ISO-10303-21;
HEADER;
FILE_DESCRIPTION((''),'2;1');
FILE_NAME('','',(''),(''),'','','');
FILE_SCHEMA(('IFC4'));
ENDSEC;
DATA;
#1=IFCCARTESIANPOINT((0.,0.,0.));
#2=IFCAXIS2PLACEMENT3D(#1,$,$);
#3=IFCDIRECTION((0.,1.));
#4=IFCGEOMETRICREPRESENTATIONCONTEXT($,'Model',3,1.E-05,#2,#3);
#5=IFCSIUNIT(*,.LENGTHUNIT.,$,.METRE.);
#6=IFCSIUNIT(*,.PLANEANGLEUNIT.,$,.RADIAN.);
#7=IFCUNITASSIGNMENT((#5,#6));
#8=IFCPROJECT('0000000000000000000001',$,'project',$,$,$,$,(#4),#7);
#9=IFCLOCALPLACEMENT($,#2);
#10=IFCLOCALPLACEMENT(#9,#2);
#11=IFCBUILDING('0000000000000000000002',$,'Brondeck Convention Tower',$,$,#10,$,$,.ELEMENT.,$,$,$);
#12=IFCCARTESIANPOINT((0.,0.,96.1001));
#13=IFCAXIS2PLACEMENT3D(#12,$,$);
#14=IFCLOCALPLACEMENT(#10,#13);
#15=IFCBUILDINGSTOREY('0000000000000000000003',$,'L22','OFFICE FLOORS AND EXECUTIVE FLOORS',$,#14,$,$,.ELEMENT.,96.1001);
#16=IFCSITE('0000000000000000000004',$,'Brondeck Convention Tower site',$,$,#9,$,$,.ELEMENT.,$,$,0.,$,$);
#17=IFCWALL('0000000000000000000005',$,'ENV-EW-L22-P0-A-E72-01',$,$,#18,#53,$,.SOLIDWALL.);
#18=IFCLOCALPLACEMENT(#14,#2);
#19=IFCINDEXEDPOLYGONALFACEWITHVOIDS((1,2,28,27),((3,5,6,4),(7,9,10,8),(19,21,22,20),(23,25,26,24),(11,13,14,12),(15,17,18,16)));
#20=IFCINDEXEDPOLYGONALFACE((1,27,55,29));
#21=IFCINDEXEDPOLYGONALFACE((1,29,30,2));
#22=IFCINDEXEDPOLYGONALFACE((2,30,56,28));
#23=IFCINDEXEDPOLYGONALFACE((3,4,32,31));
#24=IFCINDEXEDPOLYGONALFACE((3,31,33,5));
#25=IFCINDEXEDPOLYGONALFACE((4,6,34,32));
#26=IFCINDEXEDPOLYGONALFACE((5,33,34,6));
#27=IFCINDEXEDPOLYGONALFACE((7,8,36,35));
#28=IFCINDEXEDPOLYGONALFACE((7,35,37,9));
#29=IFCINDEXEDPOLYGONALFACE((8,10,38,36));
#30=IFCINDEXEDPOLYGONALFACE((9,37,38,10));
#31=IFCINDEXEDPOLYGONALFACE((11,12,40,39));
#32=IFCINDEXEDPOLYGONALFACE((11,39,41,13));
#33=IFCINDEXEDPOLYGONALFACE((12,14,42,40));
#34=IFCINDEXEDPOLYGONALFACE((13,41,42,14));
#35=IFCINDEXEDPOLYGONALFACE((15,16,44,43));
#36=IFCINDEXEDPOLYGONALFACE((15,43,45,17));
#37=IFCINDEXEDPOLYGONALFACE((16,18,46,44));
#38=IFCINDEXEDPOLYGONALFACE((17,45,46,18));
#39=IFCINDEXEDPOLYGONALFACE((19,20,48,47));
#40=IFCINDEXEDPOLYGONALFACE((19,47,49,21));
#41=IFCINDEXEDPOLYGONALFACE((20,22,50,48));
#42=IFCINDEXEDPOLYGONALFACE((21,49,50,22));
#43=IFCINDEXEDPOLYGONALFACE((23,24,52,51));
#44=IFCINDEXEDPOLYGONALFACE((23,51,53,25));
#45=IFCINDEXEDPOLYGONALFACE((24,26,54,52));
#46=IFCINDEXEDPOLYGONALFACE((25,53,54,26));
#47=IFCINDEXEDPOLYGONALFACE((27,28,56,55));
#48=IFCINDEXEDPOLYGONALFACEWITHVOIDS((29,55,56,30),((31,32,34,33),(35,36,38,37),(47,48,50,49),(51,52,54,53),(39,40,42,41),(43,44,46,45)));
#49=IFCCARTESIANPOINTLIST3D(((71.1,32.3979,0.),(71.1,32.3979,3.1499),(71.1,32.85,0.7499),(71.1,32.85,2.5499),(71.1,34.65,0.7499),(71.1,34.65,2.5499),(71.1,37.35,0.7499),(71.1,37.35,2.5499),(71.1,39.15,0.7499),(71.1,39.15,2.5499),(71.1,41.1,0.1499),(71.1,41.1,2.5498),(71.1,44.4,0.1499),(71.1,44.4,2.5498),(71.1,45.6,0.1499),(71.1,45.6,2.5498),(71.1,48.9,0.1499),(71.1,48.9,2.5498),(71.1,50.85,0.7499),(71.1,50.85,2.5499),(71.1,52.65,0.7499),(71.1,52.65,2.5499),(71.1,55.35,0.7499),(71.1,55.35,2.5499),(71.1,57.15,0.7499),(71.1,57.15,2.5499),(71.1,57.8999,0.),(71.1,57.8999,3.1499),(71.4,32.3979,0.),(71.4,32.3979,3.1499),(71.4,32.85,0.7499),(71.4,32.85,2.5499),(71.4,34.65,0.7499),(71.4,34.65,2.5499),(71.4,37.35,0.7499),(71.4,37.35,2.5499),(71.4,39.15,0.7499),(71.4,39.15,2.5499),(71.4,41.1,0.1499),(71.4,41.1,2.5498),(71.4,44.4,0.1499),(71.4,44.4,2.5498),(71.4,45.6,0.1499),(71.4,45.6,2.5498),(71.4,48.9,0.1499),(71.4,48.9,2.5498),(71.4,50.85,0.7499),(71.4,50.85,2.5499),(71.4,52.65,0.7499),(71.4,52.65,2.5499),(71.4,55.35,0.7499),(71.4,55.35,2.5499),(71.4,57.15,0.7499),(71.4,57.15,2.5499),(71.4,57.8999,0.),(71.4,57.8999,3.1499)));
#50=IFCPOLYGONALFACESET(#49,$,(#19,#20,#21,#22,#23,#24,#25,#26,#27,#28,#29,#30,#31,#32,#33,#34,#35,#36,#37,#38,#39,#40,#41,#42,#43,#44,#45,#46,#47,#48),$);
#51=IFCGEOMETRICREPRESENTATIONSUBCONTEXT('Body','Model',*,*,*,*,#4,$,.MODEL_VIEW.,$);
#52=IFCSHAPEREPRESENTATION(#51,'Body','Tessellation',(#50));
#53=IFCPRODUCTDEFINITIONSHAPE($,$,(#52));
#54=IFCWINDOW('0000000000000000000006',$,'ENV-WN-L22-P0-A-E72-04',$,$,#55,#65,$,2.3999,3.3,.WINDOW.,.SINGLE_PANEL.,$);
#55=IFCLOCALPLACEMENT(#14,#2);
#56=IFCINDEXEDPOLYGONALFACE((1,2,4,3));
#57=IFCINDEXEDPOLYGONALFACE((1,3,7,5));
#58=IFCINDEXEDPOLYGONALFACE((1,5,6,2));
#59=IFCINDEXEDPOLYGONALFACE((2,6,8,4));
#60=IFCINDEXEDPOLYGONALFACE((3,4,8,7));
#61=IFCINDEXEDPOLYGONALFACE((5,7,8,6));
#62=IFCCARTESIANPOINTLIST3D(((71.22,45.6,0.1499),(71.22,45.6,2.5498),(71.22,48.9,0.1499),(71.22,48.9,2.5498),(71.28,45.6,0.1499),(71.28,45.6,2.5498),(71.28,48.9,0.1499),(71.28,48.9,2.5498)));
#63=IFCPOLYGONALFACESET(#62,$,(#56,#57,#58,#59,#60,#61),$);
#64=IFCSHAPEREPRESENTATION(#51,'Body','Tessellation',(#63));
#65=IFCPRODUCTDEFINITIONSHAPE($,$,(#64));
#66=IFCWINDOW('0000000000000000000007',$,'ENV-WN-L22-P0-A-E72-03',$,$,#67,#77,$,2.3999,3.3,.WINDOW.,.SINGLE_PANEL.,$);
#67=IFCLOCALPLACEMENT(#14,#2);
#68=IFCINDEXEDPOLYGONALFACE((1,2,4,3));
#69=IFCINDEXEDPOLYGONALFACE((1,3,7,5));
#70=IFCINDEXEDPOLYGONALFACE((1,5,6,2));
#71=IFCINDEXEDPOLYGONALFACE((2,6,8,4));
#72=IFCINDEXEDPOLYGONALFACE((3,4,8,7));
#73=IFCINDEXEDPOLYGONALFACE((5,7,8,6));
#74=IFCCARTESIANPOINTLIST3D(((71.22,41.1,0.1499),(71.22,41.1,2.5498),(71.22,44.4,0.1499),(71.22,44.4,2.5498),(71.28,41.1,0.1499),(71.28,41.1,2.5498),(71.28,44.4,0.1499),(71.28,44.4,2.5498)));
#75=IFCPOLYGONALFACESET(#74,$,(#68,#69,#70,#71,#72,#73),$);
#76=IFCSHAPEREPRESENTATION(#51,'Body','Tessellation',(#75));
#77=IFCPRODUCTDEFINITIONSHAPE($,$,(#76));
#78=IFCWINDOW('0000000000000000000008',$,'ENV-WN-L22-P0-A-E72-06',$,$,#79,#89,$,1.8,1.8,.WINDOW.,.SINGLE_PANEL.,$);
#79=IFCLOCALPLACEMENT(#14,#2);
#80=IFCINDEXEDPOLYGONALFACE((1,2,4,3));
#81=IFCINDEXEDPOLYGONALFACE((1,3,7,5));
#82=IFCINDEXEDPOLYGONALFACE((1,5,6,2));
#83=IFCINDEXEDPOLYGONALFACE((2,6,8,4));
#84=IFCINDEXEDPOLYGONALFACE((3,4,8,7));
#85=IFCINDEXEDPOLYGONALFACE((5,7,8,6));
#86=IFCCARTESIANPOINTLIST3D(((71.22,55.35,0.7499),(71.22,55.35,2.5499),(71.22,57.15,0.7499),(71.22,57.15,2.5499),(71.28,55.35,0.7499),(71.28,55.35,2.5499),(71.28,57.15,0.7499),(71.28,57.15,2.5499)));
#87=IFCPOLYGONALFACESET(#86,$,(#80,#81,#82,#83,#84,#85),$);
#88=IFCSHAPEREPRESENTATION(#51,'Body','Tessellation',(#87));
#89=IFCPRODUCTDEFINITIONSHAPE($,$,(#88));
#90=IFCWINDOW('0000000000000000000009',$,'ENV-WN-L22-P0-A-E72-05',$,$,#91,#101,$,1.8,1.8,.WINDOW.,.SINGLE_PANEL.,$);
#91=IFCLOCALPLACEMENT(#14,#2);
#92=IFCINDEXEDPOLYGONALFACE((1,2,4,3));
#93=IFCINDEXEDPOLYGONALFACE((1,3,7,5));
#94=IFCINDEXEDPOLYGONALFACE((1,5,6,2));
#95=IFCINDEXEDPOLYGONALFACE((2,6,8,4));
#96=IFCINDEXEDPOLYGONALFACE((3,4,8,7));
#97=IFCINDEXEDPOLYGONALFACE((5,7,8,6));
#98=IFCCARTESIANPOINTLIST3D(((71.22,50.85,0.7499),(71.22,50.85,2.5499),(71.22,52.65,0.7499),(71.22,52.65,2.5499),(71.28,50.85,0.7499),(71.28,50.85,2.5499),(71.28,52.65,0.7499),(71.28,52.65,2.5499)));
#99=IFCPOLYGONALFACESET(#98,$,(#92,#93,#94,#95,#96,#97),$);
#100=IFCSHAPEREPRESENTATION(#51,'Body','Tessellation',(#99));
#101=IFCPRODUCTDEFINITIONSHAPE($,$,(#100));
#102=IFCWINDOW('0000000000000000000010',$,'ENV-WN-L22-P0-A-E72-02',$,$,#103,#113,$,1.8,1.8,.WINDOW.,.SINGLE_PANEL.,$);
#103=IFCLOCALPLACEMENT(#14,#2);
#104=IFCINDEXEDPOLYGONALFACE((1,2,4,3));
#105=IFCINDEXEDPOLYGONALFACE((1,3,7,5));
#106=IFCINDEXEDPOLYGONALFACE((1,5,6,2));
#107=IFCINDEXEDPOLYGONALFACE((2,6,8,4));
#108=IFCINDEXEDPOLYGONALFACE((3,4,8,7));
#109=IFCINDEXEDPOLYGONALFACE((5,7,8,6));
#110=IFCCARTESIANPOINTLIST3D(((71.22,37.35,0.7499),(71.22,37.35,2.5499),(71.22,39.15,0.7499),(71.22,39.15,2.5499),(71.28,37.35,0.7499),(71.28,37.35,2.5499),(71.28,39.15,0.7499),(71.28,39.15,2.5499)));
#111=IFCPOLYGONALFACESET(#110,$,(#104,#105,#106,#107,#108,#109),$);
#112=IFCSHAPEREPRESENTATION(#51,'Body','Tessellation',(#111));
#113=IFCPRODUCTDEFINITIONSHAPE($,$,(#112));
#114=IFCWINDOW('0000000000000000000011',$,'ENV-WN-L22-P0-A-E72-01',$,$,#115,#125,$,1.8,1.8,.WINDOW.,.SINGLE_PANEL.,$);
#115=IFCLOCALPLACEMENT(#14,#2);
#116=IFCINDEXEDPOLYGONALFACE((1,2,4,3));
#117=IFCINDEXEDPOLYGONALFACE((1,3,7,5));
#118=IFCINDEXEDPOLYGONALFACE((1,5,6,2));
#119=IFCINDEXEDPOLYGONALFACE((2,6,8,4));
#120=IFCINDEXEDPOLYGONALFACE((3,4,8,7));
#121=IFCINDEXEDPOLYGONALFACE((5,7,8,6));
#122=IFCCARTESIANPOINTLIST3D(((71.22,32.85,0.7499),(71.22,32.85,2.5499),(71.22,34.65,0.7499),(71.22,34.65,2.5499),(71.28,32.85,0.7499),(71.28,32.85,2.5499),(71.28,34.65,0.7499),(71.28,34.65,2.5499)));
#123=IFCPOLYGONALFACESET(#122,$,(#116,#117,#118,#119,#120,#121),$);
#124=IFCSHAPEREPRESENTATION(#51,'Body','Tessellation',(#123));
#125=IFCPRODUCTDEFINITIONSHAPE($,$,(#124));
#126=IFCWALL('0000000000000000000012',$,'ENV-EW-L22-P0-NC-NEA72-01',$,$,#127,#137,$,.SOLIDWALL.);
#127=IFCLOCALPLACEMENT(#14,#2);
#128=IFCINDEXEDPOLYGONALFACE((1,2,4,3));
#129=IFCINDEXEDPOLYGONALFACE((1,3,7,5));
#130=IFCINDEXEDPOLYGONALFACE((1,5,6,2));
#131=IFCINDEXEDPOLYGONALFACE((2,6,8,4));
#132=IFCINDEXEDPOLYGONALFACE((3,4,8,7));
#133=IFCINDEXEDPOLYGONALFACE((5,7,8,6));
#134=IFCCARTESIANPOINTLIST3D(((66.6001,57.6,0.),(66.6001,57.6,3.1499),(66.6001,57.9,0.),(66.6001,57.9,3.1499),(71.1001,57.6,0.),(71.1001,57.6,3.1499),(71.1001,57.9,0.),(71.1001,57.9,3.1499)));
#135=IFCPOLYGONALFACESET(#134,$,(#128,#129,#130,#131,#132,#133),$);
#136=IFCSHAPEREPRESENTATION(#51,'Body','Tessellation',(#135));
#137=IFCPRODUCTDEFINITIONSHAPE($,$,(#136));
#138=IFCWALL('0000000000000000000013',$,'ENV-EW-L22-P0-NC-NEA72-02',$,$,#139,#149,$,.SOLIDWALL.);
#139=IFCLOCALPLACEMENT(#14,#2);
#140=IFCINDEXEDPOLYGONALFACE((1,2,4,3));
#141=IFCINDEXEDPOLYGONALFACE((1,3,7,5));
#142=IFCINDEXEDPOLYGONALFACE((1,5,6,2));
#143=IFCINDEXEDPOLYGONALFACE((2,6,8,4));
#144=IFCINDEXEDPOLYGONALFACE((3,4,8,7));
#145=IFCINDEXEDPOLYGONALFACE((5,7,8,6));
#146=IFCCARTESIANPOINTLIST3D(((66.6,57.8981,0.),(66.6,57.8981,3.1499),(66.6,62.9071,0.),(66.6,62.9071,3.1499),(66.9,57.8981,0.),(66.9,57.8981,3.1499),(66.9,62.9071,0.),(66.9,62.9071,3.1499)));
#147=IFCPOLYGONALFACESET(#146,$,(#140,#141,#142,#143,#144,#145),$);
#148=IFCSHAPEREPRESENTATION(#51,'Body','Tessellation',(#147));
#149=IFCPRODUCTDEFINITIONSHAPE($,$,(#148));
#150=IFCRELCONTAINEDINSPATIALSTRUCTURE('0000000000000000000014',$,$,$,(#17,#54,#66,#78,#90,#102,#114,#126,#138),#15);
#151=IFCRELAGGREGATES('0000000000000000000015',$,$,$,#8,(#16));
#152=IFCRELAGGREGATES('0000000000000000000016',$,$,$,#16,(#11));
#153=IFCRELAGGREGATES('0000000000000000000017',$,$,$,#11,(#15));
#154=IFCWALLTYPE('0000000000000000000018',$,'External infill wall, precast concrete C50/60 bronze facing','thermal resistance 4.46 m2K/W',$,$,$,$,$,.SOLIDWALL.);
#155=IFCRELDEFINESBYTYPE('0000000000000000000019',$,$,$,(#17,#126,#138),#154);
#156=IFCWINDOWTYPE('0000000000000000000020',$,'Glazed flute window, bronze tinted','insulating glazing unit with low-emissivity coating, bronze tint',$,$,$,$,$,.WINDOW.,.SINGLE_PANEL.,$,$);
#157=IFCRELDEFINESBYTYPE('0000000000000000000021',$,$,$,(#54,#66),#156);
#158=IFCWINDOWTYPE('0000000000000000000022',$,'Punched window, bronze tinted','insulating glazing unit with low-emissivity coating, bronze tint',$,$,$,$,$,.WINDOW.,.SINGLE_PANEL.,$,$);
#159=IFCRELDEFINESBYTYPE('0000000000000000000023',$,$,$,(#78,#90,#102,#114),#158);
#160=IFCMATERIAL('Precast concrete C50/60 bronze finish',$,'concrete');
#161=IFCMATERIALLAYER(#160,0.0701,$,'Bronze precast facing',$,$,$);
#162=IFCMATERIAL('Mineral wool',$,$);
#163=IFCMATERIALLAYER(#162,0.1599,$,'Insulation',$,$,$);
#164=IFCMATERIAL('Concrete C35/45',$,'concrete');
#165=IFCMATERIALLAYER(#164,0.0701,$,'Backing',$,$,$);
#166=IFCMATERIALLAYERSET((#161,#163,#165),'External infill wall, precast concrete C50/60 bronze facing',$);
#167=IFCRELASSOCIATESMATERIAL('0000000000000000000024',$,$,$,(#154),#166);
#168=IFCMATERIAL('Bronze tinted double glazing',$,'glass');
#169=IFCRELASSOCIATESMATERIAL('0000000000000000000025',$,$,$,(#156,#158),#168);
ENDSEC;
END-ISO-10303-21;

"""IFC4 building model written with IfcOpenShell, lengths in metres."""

from ifc_helpers import new_model, si_unit, direction, frame, frame_2d, origin, place, context, subcontext, project, spatial, rectangle, extrude, material, layer, layer_set, type_object, element, fill, save


model = new_model("IFC4")

# Units and contexts
model_context = context("Model", 3, precision=1e-05, world=origin(), true_north=direction((0.0, 1.0)))
body_context = subcontext(model_context, "Body", "Model", "MODEL_VIEW")
ifc_project = project(units=[si_unit("LENGTHUNIT", "METRE"), si_unit("PLANEANGLEUNIT", "RADIAN")], contexts=[model_context])

# Site, building, storey
site_placement = place(None, origin())
site = spatial("IfcSite", under=ifc_project, at=site_placement, Name="Brondeck Convention Tower site", CompositionType="ELEMENT", RefElevation=0.0)
building_placement = place(site_placement, origin())
building = spatial("IfcBuilding", under=site, at=building_placement, Name="Brondeck Convention Tower", CompositionType="ELEMENT")
storey_placement = place(building_placement, frame((0.0, 0.0, 96.1001)))
storey = spatial("IfcBuildingStorey", under=building, at=storey_placement, Name="L22", Description="OFFICE FLOORS AND EXECUTIVE FLOORS", CompositionType="ELEMENT", Elevation=96.1001)

# Wall, openings, windows
ifc_material_1 = material(Name="Precast concrete C50/60 bronze finish", Category="concrete")
ifc_layer_1 = layer(ifc_material_1, 0.0701, Name="Bronze precast facing")
ifc_material_2 = material(Name="Mineral wool")
ifc_layer_2 = layer(ifc_material_2, 0.1599, Name="Insulation")
ifc_material_3 = material(Name="Concrete C35/45", Category="concrete")
ifc_layer_3 = layer(ifc_material_3, 0.0701, Name="Backing")
ifc_layer_set_1 = layer_set([ifc_layer_1, ifc_layer_2, ifc_layer_3], Name="External infill wall, precast concrete C50/60 bronze facing")
wall_type_1 = type_object("IfcWallType", Name="External infill wall, precast concrete C50/60 bronze facing", Description="thermal resistance 4.46 m2K/W", PredefinedType="SOLIDWALL", material=ifc_layer_set_1)
wall_1_placement = place(storey_placement, frame((71.25, 57.8999, 0.0), z_axis=(0.0, 0.0, 1.0), x_axis=(0.0, -1.0, 0.0)))
wall_1 = element("IfcWall", 1, at=wall_1_placement, inside=storey, type_object=wall_type_1, Name="ENV-EW-L22-P0-A-E72-01", PredefinedType="SOLIDWALL", context=body_context, shape_type="SweptSolid", body=[
    extrude(rectangle(XDim=25.502, YDim=0.3, at=frame_2d((12.751, 0.0))), origin(), (0.0, 0.0, 1.0), 3.1499),
])
opening_1_placement = place(wall_1_placement, frame((0.75, 0.0, 0.75)))
opening_1 = element("IfcOpeningElement", 2, at=opening_1_placement, cuts=wall_1, PredefinedType="OPENING", context=body_context, shape_type="SweptSolid", body=[
    extrude(rectangle(XDim=1.8, YDim=1.8, at=frame_2d((0.8999, 0.8999))), frame((0.0, 0.1599, 0.0), z_axis=(0.0, -1.0, 0.0), x_axis=(1.0, 0.0, 0.0)), (0.0, 0.0, 1.0), 0.3201),
])
opening_2_placement = place(wall_1_placement, frame((5.25, 0.0, 0.75)))
opening_2 = element("IfcOpeningElement", 3, at=opening_2_placement, cuts=wall_1, PredefinedType="OPENING", context=body_context, shape_type="SweptSolid", body=[
    extrude(rectangle(XDim=1.8, YDim=1.8, at=frame_2d((0.8999, 0.8999))), frame((0.0, 0.1599, 0.0), z_axis=(0.0, -1.0, 0.0), x_axis=(1.0, 0.0, 0.0)), (0.0, 0.0, 1.0), 0.3201),
])
opening_3_placement = place(wall_1_placement, frame((9.0, 0.0, 0.1499)))
opening_3 = element("IfcOpeningElement", 4, at=opening_3_placement, cuts=wall_1, PredefinedType="OPENING", context=body_context, shape_type="SweptSolid", body=[
    extrude(rectangle(XDim=3.3, YDim=2.3999, at=frame_2d((1.6499, 1.2))), frame((0.0, 0.1599, 0.0), z_axis=(0.0, -1.0, 0.0), x_axis=(1.0, 0.0, 0.0)), (0.0, 0.0, 1.0), 0.3201),
])
opening_4_placement = place(wall_1_placement, frame((13.5, 0.0, 0.1499)))
opening_4 = element("IfcOpeningElement", 5, at=opening_4_placement, cuts=wall_1, PredefinedType="OPENING", context=body_context, shape_type="SweptSolid", body=[
    extrude(rectangle(XDim=3.3, YDim=2.3999, at=frame_2d((1.6499, 1.2))), frame((0.0, 0.1599, 0.0), z_axis=(0.0, -1.0, 0.0), x_axis=(1.0, 0.0, 0.0)), (0.0, 0.0, 1.0), 0.3201),
])
opening_5_placement = place(wall_1_placement, frame((18.75, 0.0, 0.75)))
opening_5 = element("IfcOpeningElement", 6, at=opening_5_placement, cuts=wall_1, PredefinedType="OPENING", context=body_context, shape_type="SweptSolid", body=[
    extrude(rectangle(XDim=1.8, YDim=1.8, at=frame_2d((0.8999, 0.8999))), frame((0.0, 0.1599, 0.0), z_axis=(0.0, -1.0, 0.0), x_axis=(1.0, 0.0, 0.0)), (0.0, 0.0, 1.0), 0.3201),
])
opening_6_placement = place(wall_1_placement, frame((23.25, 0.0, 0.75)))
opening_6 = element("IfcOpeningElement", 7, at=opening_6_placement, cuts=wall_1, PredefinedType="OPENING", context=body_context, shape_type="SweptSolid", body=[
    extrude(rectangle(XDim=1.8, YDim=1.8, at=frame_2d((0.8999, 0.8999))), frame((0.0, 0.1599, 0.0), z_axis=(0.0, -1.0, 0.0), x_axis=(1.0, 0.0, 0.0)), (0.0, 0.0, 1.0), 0.3201),
])
ifc_material_4 = material(Name="Bronze tinted double glazing", Category="glass")
window_type_1 = type_object("IfcWindowType", Name="Glazed flute window, bronze tinted", Description="insulating glazing unit with low-emissivity coating, bronze tint", PartitioningType="SINGLE_PANEL", PredefinedType="WINDOW", material=ifc_material_4)
window_1_placement = place(opening_3_placement, origin())
window_1 = element("IfcWindow", 8, at=window_1_placement, inside=storey, type_object=window_type_1, Name="ENV-WN-L22-P0-A-E72-04", OverallHeight=2.3999, OverallWidth=3.3, PartitioningType="SINGLE_PANEL", PredefinedType="WINDOW", context=body_context, shape_type="SweptSolid", body=[
    extrude(rectangle(XDim=3.3, YDim=2.3999, at=frame_2d((1.6499, 1.2))), frame((0.0, 0.03, 0.0), z_axis=(0.0, -1.0, 0.0), x_axis=(1.0, 0.0, 0.0)), (0.0, 0.0, 1.0), 0.0601),
])
fill(opening_3, window_1)
window_2_placement = place(opening_4_placement, origin())
window_2 = element("IfcWindow", 9, at=window_2_placement, inside=storey, type_object=window_type_1, Name="ENV-WN-L22-P0-A-E72-03", OverallHeight=2.3999, OverallWidth=3.3, PartitioningType="SINGLE_PANEL", PredefinedType="WINDOW", context=body_context, shape_type="SweptSolid", body=[
    extrude(rectangle(XDim=3.3, YDim=2.3999, at=frame_2d((1.6499, 1.2))), frame((0.0, 0.03, 0.0), z_axis=(0.0, -1.0, 0.0), x_axis=(1.0, 0.0, 0.0)), (0.0, 0.0, 1.0), 0.0601),
])
fill(opening_4, window_2)
window_type_2 = type_object("IfcWindowType", Name="Punched window, bronze tinted", Description="insulating glazing unit with low-emissivity coating, bronze tint", PartitioningType="SINGLE_PANEL", PredefinedType="WINDOW", material=ifc_material_4)
window_3_placement = place(opening_1_placement, origin())
window_3 = element("IfcWindow", 10, at=window_3_placement, inside=storey, type_object=window_type_2, Name="ENV-WN-L22-P0-A-E72-06", OverallHeight=1.8, OverallWidth=1.8, PartitioningType="SINGLE_PANEL", PredefinedType="WINDOW", context=body_context, shape_type="SweptSolid", body=[
    extrude(rectangle(XDim=1.8, YDim=1.8, at=frame_2d((0.8999, 0.8999))), frame((0.0, 0.03, 0.0), z_axis=(0.0, -1.0, 0.0), x_axis=(1.0, 0.0, 0.0)), (0.0, 0.0, 1.0), 0.0601),
])
fill(opening_1, window_3)
window_4_placement = place(opening_2_placement, origin())
window_4 = element("IfcWindow", 11, at=window_4_placement, inside=storey, type_object=window_type_2, Name="ENV-WN-L22-P0-A-E72-05", OverallHeight=1.8, OverallWidth=1.8, PartitioningType="SINGLE_PANEL", PredefinedType="WINDOW", context=body_context, shape_type="SweptSolid", body=[
    extrude(rectangle(XDim=1.8, YDim=1.8, at=frame_2d((0.8999, 0.8999))), frame((0.0, 0.03, 0.0), z_axis=(0.0, -1.0, 0.0), x_axis=(1.0, 0.0, 0.0)), (0.0, 0.0, 1.0), 0.0601),
])
fill(opening_2, window_4)
window_5_placement = place(opening_5_placement, origin())
window_5 = element("IfcWindow", 12, at=window_5_placement, inside=storey, type_object=window_type_2, Name="ENV-WN-L22-P0-A-E72-02", OverallHeight=1.8, OverallWidth=1.8, PartitioningType="SINGLE_PANEL", PredefinedType="WINDOW", context=body_context, shape_type="SweptSolid", body=[
    extrude(rectangle(XDim=1.8, YDim=1.8, at=frame_2d((0.8999, 0.8999))), frame((0.0, 0.03, 0.0), z_axis=(0.0, -1.0, 0.0), x_axis=(1.0, 0.0, 0.0)), (0.0, 0.0, 1.0), 0.0601),
])
fill(opening_5, window_5)
window_6_placement = place(opening_6_placement, origin())
window_6 = element("IfcWindow", 13, at=window_6_placement, inside=storey, type_object=window_type_2, Name="ENV-WN-L22-P0-A-E72-01", OverallHeight=1.8, OverallWidth=1.8, PartitioningType="SINGLE_PANEL", PredefinedType="WINDOW", context=body_context, shape_type="SweptSolid", body=[
    extrude(rectangle(XDim=1.8, YDim=1.8, at=frame_2d((0.8999, 0.8999))), frame((0.0, 0.03, 0.0), z_axis=(0.0, -1.0, 0.0), x_axis=(1.0, 0.0, 0.0)), (0.0, 0.0, 1.0), 0.0601),
])
fill(opening_6, window_6)

# Walls
wall_2_placement = place(storey_placement, frame((66.6001, 57.75, 0.0), z_axis=(0.0, 0.0, 1.0), x_axis=(1.0, 0.0, 0.0)))
element("IfcWall", 14, at=wall_2_placement, inside=storey, type_object=wall_type_1, Name="ENV-EW-L22-P0-NC-NEA72-01", PredefinedType="SOLIDWALL", context=body_context, shape_type="SweptSolid", body=[
    extrude(rectangle(XDim=4.5, YDim=0.3, at=frame_2d((2.25, 0.0))), origin(), (0.0, 0.0, 1.0), 3.1499),
])
wall_3_placement = place(storey_placement, frame((66.75, 62.907, 0.0), z_axis=(0.0, 0.0, 1.0), x_axis=(0.0, -1.0, 0.0)))
element("IfcWall", 15, at=wall_3_placement, inside=storey, type_object=wall_type_1, Name="ENV-EW-L22-P0-NC-NEA72-02", PredefinedType="SOLIDWALL", context=body_context, shape_type="SweptSolid", body=[
    extrude(rectangle(XDim=5.009, YDim=0.3, at=frame_2d((2.5044, 0.0))), origin(), (0.0, 0.0, 1.0), 3.1499),
])

save(model, "model.ifc")
